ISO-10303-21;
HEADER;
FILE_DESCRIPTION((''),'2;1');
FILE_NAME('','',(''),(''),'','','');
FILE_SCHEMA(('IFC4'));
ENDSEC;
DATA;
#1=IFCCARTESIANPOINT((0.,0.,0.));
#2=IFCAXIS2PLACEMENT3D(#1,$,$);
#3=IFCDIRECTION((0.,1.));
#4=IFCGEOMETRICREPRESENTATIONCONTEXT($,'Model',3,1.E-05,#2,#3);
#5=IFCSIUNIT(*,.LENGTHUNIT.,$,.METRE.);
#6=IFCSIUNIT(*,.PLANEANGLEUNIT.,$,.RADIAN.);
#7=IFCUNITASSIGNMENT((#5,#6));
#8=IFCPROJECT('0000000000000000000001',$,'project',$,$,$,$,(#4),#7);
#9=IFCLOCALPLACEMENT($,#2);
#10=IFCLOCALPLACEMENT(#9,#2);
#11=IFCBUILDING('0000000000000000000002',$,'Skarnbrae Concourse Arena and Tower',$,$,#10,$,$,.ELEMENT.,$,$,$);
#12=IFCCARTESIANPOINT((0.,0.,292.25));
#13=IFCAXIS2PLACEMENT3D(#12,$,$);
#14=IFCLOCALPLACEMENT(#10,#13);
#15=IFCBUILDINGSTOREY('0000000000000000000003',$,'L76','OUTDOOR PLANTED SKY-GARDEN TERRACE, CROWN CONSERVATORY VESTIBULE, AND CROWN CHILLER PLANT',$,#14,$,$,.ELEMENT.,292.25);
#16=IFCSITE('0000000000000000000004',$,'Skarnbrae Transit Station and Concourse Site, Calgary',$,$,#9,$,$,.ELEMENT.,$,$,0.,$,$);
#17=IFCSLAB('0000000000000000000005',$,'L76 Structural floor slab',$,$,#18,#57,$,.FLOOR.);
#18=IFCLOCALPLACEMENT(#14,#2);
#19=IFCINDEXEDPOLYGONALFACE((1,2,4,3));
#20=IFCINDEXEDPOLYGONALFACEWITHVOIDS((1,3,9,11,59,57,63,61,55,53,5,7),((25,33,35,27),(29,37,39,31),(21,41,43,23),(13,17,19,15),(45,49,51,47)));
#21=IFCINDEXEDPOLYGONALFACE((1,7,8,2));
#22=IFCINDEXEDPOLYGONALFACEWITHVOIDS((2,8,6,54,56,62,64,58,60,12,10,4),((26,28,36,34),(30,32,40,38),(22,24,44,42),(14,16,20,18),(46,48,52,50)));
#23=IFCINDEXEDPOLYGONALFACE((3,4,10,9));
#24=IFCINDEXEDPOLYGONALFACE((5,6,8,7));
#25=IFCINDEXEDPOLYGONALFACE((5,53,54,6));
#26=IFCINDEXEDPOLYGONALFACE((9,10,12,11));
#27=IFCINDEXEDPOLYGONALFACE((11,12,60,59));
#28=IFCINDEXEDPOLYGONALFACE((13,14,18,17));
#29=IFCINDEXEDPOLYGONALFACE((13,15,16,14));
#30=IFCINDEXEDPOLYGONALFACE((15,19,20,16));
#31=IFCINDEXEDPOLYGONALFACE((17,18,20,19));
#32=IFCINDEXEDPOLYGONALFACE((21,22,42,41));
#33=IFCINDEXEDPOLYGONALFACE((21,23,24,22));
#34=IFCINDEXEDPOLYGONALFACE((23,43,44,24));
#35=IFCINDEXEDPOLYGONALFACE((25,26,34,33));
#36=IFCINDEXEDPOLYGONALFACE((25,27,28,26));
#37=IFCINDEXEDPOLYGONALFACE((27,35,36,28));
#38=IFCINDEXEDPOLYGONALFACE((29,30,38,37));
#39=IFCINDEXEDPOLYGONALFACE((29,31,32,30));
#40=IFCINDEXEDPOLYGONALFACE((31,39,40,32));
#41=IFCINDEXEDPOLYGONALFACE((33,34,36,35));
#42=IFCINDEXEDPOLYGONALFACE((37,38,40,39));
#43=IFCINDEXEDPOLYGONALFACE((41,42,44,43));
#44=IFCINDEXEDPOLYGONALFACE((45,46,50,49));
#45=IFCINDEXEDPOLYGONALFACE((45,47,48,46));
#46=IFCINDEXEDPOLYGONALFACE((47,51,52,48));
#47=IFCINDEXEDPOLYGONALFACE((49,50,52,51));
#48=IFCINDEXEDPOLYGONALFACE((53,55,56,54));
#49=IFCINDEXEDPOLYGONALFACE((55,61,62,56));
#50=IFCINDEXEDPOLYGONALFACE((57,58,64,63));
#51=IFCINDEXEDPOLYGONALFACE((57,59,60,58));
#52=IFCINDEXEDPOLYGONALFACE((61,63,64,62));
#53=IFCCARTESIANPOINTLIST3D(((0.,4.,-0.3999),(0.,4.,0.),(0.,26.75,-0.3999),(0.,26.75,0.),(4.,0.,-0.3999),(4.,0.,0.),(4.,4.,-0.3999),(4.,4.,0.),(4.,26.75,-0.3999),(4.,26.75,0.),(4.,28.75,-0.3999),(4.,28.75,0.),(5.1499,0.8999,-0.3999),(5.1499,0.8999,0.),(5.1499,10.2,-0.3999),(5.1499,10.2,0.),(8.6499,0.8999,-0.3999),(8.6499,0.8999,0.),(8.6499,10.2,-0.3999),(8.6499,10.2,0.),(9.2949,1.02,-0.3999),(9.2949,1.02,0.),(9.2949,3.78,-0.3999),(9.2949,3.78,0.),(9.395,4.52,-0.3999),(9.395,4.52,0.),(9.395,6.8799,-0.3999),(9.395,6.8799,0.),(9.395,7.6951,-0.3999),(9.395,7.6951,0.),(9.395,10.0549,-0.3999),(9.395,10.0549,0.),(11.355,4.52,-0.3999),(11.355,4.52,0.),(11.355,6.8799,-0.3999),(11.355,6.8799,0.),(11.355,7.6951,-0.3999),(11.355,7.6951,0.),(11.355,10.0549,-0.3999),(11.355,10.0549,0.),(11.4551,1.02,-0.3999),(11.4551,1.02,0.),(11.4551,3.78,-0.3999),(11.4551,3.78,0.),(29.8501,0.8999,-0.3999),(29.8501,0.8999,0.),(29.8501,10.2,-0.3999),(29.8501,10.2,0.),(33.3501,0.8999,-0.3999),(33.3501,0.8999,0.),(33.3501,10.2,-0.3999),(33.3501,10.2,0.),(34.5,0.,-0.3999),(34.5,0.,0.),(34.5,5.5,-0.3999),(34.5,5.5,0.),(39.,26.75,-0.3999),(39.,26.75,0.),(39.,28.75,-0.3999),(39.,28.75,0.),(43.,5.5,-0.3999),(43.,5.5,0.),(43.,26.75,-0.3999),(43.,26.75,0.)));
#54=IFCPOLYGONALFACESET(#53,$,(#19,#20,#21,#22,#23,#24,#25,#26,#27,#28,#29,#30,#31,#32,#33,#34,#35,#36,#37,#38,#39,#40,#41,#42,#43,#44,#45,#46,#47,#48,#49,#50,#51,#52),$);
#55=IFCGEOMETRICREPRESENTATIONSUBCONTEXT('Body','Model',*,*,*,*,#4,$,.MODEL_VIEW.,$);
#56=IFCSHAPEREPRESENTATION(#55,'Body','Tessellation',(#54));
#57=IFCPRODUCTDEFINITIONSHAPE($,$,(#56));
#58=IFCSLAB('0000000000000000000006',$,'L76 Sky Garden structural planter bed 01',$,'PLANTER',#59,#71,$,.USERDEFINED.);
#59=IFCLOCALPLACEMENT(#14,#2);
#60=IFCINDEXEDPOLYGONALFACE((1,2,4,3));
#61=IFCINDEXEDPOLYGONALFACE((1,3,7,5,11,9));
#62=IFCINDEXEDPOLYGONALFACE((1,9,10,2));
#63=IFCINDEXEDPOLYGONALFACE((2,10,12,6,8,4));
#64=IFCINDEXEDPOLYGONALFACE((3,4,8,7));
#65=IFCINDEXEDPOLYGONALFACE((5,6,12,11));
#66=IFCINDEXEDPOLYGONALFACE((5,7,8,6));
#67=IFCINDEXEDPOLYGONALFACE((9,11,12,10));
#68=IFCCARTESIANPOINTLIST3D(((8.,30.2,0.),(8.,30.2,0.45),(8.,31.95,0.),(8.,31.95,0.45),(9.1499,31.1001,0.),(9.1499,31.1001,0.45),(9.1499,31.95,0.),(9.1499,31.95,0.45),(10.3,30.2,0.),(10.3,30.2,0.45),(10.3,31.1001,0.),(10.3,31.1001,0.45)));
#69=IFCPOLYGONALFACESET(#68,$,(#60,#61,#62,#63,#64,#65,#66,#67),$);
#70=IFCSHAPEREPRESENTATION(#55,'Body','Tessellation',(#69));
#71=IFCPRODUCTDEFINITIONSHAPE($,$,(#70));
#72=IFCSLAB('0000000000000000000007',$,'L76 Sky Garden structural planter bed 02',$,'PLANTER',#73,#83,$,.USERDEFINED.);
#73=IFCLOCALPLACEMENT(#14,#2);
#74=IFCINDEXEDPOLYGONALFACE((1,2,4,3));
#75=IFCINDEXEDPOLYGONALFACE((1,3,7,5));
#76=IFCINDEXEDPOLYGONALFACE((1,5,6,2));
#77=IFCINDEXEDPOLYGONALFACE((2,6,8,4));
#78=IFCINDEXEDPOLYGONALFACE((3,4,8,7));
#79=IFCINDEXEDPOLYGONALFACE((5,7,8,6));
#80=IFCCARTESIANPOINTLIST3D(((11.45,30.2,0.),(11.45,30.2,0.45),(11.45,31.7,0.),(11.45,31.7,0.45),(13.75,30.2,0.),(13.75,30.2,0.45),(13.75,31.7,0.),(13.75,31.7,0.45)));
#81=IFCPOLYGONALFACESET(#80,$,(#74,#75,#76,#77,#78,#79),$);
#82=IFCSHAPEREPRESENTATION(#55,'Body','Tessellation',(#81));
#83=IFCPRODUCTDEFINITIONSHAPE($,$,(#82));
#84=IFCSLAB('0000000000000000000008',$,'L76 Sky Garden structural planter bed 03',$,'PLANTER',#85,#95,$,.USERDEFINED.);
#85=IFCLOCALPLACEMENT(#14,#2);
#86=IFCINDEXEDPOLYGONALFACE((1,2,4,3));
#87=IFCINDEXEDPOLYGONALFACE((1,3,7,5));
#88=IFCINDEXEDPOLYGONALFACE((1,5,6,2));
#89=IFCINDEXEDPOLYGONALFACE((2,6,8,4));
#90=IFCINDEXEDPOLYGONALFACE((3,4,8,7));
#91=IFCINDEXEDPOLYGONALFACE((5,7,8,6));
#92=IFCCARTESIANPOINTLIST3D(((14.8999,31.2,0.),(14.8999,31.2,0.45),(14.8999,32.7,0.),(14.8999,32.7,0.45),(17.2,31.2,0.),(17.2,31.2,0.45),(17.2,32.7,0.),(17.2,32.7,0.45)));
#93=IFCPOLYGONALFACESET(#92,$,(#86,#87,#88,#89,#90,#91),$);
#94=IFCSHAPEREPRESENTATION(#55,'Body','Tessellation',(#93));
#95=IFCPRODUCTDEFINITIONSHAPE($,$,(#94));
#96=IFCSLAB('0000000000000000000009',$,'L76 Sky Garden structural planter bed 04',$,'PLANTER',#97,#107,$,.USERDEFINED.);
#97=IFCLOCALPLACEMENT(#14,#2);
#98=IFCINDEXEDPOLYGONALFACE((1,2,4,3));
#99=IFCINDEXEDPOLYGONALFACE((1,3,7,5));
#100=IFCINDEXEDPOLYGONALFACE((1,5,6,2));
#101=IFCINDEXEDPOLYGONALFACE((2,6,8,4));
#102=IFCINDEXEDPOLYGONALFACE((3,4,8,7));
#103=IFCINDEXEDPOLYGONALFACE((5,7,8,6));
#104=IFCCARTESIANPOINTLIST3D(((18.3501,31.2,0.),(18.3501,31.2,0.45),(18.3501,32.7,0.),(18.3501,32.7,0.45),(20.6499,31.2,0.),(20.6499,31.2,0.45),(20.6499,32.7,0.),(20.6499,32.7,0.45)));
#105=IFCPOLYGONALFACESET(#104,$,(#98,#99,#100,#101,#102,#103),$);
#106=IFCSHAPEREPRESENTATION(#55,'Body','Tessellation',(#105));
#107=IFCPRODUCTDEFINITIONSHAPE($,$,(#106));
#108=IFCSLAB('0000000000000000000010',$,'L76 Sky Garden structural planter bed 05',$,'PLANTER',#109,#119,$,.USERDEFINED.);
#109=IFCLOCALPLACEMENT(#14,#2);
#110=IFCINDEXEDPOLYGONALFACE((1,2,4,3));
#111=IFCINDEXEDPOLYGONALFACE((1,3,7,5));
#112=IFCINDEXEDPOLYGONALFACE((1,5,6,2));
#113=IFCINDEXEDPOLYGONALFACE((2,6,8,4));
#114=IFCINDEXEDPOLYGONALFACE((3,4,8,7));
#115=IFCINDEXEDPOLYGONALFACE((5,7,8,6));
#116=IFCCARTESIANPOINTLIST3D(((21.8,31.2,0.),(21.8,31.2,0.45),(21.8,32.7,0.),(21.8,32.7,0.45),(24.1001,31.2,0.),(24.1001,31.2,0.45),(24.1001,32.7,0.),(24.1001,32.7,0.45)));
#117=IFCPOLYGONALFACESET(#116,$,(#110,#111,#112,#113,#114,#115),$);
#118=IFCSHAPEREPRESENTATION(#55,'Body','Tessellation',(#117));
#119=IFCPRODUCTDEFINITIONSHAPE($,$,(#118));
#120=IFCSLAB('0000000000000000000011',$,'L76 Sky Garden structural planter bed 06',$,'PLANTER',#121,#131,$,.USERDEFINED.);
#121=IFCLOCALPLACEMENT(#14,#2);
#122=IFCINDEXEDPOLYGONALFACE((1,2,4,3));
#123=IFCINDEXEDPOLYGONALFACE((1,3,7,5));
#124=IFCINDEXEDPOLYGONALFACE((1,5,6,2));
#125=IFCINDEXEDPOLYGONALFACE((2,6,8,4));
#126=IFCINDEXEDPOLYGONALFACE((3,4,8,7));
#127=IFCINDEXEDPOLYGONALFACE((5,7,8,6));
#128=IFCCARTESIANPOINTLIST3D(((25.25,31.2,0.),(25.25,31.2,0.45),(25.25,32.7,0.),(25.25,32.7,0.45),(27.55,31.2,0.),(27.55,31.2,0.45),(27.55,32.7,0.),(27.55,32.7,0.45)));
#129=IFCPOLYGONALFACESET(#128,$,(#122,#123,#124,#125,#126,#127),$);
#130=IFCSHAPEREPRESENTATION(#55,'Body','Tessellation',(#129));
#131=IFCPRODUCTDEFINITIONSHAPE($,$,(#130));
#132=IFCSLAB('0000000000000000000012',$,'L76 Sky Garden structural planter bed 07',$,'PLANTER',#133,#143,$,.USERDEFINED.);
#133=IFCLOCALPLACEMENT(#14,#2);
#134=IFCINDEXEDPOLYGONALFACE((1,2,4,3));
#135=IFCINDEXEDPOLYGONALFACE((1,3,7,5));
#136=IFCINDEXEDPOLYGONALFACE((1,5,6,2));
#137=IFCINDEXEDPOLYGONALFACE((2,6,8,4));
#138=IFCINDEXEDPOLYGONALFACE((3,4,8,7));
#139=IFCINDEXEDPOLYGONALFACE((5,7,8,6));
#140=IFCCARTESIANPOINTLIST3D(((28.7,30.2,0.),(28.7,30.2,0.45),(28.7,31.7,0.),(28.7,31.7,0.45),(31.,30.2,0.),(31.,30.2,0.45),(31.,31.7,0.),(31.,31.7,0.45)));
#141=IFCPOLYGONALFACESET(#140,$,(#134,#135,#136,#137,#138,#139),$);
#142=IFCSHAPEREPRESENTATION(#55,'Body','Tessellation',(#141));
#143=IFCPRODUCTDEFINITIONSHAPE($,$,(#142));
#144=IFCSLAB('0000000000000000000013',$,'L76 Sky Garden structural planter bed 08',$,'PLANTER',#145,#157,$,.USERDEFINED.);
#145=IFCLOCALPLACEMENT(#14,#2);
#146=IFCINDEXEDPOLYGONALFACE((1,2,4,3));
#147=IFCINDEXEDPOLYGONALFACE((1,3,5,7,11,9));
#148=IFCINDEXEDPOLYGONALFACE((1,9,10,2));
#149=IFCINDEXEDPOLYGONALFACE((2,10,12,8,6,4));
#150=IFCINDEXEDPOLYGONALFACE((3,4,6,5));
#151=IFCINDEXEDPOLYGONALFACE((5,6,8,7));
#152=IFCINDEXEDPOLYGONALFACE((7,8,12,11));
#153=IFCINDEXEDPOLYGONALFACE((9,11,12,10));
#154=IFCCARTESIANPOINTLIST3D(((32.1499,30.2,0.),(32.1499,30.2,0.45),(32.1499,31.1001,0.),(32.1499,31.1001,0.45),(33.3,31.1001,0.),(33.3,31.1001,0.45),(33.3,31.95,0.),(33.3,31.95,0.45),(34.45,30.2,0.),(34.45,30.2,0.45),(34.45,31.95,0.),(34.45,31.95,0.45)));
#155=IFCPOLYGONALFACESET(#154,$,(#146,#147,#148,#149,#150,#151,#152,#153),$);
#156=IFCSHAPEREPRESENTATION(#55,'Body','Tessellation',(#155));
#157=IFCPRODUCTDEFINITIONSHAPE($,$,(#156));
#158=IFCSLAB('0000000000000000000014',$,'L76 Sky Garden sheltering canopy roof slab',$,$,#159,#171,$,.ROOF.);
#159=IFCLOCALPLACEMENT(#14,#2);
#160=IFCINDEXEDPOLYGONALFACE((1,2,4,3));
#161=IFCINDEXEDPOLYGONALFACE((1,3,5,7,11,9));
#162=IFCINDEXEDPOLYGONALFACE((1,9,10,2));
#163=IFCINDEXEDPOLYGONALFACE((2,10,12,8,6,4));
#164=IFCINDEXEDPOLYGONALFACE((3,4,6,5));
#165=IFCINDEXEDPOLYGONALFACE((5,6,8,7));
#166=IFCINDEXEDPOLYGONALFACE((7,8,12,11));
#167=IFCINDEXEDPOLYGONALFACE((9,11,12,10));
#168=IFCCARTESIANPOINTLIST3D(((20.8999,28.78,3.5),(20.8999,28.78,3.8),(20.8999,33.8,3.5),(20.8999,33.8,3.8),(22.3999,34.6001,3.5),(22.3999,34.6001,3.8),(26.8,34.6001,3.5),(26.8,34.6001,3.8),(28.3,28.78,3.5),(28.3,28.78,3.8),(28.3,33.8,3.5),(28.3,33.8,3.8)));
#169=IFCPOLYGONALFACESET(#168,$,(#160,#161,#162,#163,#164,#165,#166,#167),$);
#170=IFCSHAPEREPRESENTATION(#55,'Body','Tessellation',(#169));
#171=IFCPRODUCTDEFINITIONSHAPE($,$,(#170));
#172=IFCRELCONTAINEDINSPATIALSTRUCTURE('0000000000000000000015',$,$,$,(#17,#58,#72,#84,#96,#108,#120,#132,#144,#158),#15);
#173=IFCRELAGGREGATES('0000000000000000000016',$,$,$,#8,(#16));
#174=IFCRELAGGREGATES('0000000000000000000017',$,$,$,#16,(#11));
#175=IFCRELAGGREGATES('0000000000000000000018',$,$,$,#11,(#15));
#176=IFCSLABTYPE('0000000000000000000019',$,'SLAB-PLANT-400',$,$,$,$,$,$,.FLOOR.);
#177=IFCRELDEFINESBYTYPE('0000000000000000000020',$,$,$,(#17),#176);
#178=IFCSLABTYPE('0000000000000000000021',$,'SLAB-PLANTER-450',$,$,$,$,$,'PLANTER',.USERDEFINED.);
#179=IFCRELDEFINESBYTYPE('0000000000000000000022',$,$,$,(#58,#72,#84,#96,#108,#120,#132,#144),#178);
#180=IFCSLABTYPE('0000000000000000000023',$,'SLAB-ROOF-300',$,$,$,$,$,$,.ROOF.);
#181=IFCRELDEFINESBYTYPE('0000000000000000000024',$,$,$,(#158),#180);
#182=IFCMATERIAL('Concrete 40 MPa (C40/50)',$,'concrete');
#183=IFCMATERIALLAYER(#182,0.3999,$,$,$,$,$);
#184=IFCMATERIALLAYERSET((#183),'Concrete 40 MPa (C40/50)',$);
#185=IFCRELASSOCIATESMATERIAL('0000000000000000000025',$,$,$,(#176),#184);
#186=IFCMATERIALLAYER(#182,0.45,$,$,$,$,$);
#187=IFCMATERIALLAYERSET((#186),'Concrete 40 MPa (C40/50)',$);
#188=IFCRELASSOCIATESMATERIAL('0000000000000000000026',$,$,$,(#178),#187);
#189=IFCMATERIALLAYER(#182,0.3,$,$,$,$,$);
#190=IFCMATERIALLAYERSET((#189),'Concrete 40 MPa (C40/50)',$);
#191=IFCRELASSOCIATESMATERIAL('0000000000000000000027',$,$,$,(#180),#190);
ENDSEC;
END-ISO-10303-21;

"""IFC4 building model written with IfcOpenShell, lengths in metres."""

from ifc_helpers import new_model, si_unit, direction, frame, origin, place, context, subcontext, project, spatial, polyline, outline, extrude, material, layer, layer_set, type_object, element, save


model = new_model("IFC4")

# Units and contexts
model_context = context("Model", 3, precision=1e-05, world=origin(), true_north=direction((0.0, 1.0)))
body_context = subcontext(model_context, "Body", "Model", "MODEL_VIEW")
ifc_project = project(units=[si_unit("LENGTHUNIT", "METRE"), si_unit("PLANEANGLEUNIT", "RADIAN")], contexts=[model_context])

# Site, building, storey
site_placement = place(None, origin())
site = spatial("IfcSite", under=ifc_project, at=site_placement, Name="Skarnbrae Transit Station and Concourse Site, Calgary", CompositionType="ELEMENT", RefElevation=0.0)
building_placement = place(site_placement, origin())
building = spatial("IfcBuilding", under=site, at=building_placement, Name="Skarnbrae Concourse Arena and Tower", CompositionType="ELEMENT")
storey_placement = place(building_placement, frame((0.0, 0.0, 292.25)))
storey = spatial("IfcBuildingStorey", under=building, at=storey_placement, Name="L76", Description="OUTDOOR PLANTED SKY-GARDEN TERRACE, CROWN CONSERVATORY VESTIBULE, AND CROWN CHILLER PLANT", CompositionType="ELEMENT", Elevation=292.25)

# Shared definitions
ifc_material_1 = material(Name="Concrete 40 MPa (C40/50)", Category="concrete")

# Slabs
ifc_layer_1 = layer(ifc_material_1, 0.3999)
ifc_layer_set_1 = layer_set([ifc_layer_1], Name="Concrete 40 MPa (C40/50)")
slab_type_1 = type_object("IfcSlabType", Name="SLAB-PLANT-400", PredefinedType="FLOOR", material=ifc_layer_set_1)
slab_1_placement = place(storey_placement, frame((0.0, 0.0, -0.3999)))
element("IfcSlab", 1, at=slab_1_placement, inside=storey, type_object=slab_type_1, Name="L76 Structural floor slab", PredefinedType="FLOOR", context=body_context, shape_type="SweptSolid", body=[
    extrude(outline(polyline([(4.0, 0.0), (34.5, 0.0), (34.5, 5.5), (43.0, 5.5), (43.0, 26.75), (39.0, 26.75), (39.0, 28.75), (4.0, 28.75), (4.0, 26.75), (0.0, 26.75), (0.0, 4.0), (4.0, 4.0), (4.0, 0.0)]), holes=[polyline([(11.4551, 1.02), (9.2949, 1.02), (9.2949, 3.78), (11.4551, 3.78), (11.4551, 1.02)]), polyline([(5.1499, 0.8999), (5.1499, 10.2), (8.6499, 10.2), (8.6499, 0.8999), (5.1499, 0.8999)]), polyline([(29.8501, 0.8999), (29.8501, 10.2), (33.3501, 10.2), (33.3501, 0.8999), (29.8501, 0.8999)]), polyline([(9.395, 4.52), (9.395, 6.8799), (11.355, 6.8799), (11.355, 4.52), (9.395, 4.52)]), polyline([(9.395, 7.6951), (9.395, 10.0549), (11.355, 10.0549), (11.355, 7.6951), (9.395, 7.6951)])]), origin(), (0.0, 0.0, 1.0), 0.3999),
])
ifc_layer_2 = layer(ifc_material_1, 0.45)
ifc_layer_set_2 = layer_set([ifc_layer_2], Name="Concrete 40 MPa (C40/50)")
slab_type_2 = type_object("IfcSlabType", Name="SLAB-PLANTER-450", ElementType="PLANTER", PredefinedType="USERDEFINED", material=ifc_layer_set_2)
slab_2_placement = place(storey_placement, origin())
element("IfcSlab", 2, at=slab_2_placement, inside=storey, type_object=slab_type_2, Name="L76 Sky Garden structural planter bed 01", ObjectType="PLANTER", PredefinedType="USERDEFINED", context=body_context, shape_type="SweptSolid", body=[
    extrude(outline(polyline([(8.0, 30.2), (10.3, 30.2), (10.3, 31.1001), (9.1499, 31.1001), (9.1499, 31.95), (8.0, 31.95), (8.0, 30.2)])), origin(), (0.0, 0.0, 1.0), 0.45),
])
slab_3_placement = place(storey_placement, origin())
element("IfcSlab", 3, at=slab_3_placement, inside=storey, type_object=slab_type_2, Name="L76 Sky Garden structural planter bed 02", ObjectType="PLANTER", PredefinedType="USERDEFINED", context=body_context, shape_type="SweptSolid", body=[
    extrude(outline(polyline([(11.45, 30.2), (13.75, 30.2), (13.75, 31.7), (11.45, 31.7), (11.45, 30.2)])), origin(), (0.0, 0.0, 1.0), 0.45),
])
slab_4_placement = place(storey_placement, origin())
element("IfcSlab", 4, at=slab_4_placement, inside=storey, type_object=slab_type_2, Name="L76 Sky Garden structural planter bed 03", ObjectType="PLANTER", PredefinedType="USERDEFINED", context=body_context, shape_type="SweptSolid", body=[
    extrude(outline(polyline([(14.8999, 31.2), (17.2, 31.2), (17.2, 32.7), (14.8999, 32.7), (14.8999, 31.2)])), origin(), (0.0, 0.0, 1.0), 0.45),
])
slab_5_placement = place(storey_placement, origin())
element("IfcSlab", 5, at=slab_5_placement, inside=storey, type_object=slab_type_2, Name="L76 Sky Garden structural planter bed 04", ObjectType="PLANTER", PredefinedType="USERDEFINED", context=body_context, shape_type="SweptSolid", body=[
    extrude(outline(polyline([(18.3501, 31.2), (20.6499, 31.2), (20.6499, 32.7), (18.3501, 32.7), (18.3501, 31.2)])), origin(), (0.0, 0.0, 1.0), 0.45),
])
slab_6_placement = place(storey_placement, origin())
element("IfcSlab", 6, at=slab_6_placement, inside=storey, type_object=slab_type_2, Name="L76 Sky Garden structural planter bed 05", ObjectType="PLANTER", PredefinedType="USERDEFINED", context=body_context, shape_type="SweptSolid", body=[
    extrude(outline(polyline([(21.8, 31.2), (24.1001, 31.2), (24.1001, 32.7), (21.8, 32.7), (21.8, 31.2)])), origin(), (0.0, 0.0, 1.0), 0.45),
])
slab_7_placement = place(storey_placement, origin())
element("IfcSlab", 7, at=slab_7_placement, inside=storey, type_object=slab_type_2, Name="L76 Sky Garden structural planter bed 06", ObjectType="PLANTER", PredefinedType="USERDEFINED", context=body_context, shape_type="SweptSolid", body=[
    extrude(outline(polyline([(25.25, 31.2), (27.55, 31.2), (27.55, 32.7), (25.25, 32.7), (25.25, 31.2)])), origin(), (0.0, 0.0, 1.0), 0.45),
])
slab_8_placement = place(storey_placement, origin())
element("IfcSlab", 8, at=slab_8_placement, inside=storey, type_object=slab_type_2, Name="L76 Sky Garden structural planter bed 07", ObjectType="PLANTER", PredefinedType="USERDEFINED", context=body_context, shape_type="SweptSolid", body=[
    extrude(outline(polyline([(28.7, 30.2), (31.0, 30.2), (31.0, 31.7), (28.7, 31.7), (28.7, 30.2)])), origin(), (0.0, 0.0, 1.0), 0.45),
])
slab_9_placement = place(storey_placement, origin())
element("IfcSlab", 9, at=slab_9_placement, inside=storey, type_object=slab_type_2, Name="L76 Sky Garden structural planter bed 08", ObjectType="PLANTER", PredefinedType="USERDEFINED", context=body_context, shape_type="SweptSolid", body=[
    extrude(outline(polyline([(32.1499, 30.2), (34.45, 30.2), (34.45, 31.95), (33.3, 31.95), (33.3, 31.1001), (32.1499, 31.1001), (32.1499, 30.2)])), origin(), (0.0, 0.0, 1.0), 0.45),
])
ifc_layer_3 = layer(ifc_material_1, 0.3)
ifc_layer_set_3 = layer_set([ifc_layer_3], Name="Concrete 40 MPa (C40/50)")
slab_type_3 = type_object("IfcSlabType", Name="SLAB-ROOF-300", PredefinedType="ROOF", material=ifc_layer_set_3)
slab_10_placement = place(storey_placement, frame((0.0, 0.0, 3.5)))
element("IfcSlab", 10, at=slab_10_placement, inside=storey, type_object=slab_type_3, Name="L76 Sky Garden sheltering canopy roof slab", PredefinedType="ROOF", context=body_context, shape_type="SweptSolid", body=[
    extrude(outline(polyline([(20.8999, 28.78), (28.3, 28.78), (28.3, 33.8), (26.8, 34.6001), (22.3999, 34.6001), (20.8999, 33.8), (20.8999, 28.78)])), origin(), (0.0, 0.0, 1.0), 0.3),
])

save(model, "model.ifc")
